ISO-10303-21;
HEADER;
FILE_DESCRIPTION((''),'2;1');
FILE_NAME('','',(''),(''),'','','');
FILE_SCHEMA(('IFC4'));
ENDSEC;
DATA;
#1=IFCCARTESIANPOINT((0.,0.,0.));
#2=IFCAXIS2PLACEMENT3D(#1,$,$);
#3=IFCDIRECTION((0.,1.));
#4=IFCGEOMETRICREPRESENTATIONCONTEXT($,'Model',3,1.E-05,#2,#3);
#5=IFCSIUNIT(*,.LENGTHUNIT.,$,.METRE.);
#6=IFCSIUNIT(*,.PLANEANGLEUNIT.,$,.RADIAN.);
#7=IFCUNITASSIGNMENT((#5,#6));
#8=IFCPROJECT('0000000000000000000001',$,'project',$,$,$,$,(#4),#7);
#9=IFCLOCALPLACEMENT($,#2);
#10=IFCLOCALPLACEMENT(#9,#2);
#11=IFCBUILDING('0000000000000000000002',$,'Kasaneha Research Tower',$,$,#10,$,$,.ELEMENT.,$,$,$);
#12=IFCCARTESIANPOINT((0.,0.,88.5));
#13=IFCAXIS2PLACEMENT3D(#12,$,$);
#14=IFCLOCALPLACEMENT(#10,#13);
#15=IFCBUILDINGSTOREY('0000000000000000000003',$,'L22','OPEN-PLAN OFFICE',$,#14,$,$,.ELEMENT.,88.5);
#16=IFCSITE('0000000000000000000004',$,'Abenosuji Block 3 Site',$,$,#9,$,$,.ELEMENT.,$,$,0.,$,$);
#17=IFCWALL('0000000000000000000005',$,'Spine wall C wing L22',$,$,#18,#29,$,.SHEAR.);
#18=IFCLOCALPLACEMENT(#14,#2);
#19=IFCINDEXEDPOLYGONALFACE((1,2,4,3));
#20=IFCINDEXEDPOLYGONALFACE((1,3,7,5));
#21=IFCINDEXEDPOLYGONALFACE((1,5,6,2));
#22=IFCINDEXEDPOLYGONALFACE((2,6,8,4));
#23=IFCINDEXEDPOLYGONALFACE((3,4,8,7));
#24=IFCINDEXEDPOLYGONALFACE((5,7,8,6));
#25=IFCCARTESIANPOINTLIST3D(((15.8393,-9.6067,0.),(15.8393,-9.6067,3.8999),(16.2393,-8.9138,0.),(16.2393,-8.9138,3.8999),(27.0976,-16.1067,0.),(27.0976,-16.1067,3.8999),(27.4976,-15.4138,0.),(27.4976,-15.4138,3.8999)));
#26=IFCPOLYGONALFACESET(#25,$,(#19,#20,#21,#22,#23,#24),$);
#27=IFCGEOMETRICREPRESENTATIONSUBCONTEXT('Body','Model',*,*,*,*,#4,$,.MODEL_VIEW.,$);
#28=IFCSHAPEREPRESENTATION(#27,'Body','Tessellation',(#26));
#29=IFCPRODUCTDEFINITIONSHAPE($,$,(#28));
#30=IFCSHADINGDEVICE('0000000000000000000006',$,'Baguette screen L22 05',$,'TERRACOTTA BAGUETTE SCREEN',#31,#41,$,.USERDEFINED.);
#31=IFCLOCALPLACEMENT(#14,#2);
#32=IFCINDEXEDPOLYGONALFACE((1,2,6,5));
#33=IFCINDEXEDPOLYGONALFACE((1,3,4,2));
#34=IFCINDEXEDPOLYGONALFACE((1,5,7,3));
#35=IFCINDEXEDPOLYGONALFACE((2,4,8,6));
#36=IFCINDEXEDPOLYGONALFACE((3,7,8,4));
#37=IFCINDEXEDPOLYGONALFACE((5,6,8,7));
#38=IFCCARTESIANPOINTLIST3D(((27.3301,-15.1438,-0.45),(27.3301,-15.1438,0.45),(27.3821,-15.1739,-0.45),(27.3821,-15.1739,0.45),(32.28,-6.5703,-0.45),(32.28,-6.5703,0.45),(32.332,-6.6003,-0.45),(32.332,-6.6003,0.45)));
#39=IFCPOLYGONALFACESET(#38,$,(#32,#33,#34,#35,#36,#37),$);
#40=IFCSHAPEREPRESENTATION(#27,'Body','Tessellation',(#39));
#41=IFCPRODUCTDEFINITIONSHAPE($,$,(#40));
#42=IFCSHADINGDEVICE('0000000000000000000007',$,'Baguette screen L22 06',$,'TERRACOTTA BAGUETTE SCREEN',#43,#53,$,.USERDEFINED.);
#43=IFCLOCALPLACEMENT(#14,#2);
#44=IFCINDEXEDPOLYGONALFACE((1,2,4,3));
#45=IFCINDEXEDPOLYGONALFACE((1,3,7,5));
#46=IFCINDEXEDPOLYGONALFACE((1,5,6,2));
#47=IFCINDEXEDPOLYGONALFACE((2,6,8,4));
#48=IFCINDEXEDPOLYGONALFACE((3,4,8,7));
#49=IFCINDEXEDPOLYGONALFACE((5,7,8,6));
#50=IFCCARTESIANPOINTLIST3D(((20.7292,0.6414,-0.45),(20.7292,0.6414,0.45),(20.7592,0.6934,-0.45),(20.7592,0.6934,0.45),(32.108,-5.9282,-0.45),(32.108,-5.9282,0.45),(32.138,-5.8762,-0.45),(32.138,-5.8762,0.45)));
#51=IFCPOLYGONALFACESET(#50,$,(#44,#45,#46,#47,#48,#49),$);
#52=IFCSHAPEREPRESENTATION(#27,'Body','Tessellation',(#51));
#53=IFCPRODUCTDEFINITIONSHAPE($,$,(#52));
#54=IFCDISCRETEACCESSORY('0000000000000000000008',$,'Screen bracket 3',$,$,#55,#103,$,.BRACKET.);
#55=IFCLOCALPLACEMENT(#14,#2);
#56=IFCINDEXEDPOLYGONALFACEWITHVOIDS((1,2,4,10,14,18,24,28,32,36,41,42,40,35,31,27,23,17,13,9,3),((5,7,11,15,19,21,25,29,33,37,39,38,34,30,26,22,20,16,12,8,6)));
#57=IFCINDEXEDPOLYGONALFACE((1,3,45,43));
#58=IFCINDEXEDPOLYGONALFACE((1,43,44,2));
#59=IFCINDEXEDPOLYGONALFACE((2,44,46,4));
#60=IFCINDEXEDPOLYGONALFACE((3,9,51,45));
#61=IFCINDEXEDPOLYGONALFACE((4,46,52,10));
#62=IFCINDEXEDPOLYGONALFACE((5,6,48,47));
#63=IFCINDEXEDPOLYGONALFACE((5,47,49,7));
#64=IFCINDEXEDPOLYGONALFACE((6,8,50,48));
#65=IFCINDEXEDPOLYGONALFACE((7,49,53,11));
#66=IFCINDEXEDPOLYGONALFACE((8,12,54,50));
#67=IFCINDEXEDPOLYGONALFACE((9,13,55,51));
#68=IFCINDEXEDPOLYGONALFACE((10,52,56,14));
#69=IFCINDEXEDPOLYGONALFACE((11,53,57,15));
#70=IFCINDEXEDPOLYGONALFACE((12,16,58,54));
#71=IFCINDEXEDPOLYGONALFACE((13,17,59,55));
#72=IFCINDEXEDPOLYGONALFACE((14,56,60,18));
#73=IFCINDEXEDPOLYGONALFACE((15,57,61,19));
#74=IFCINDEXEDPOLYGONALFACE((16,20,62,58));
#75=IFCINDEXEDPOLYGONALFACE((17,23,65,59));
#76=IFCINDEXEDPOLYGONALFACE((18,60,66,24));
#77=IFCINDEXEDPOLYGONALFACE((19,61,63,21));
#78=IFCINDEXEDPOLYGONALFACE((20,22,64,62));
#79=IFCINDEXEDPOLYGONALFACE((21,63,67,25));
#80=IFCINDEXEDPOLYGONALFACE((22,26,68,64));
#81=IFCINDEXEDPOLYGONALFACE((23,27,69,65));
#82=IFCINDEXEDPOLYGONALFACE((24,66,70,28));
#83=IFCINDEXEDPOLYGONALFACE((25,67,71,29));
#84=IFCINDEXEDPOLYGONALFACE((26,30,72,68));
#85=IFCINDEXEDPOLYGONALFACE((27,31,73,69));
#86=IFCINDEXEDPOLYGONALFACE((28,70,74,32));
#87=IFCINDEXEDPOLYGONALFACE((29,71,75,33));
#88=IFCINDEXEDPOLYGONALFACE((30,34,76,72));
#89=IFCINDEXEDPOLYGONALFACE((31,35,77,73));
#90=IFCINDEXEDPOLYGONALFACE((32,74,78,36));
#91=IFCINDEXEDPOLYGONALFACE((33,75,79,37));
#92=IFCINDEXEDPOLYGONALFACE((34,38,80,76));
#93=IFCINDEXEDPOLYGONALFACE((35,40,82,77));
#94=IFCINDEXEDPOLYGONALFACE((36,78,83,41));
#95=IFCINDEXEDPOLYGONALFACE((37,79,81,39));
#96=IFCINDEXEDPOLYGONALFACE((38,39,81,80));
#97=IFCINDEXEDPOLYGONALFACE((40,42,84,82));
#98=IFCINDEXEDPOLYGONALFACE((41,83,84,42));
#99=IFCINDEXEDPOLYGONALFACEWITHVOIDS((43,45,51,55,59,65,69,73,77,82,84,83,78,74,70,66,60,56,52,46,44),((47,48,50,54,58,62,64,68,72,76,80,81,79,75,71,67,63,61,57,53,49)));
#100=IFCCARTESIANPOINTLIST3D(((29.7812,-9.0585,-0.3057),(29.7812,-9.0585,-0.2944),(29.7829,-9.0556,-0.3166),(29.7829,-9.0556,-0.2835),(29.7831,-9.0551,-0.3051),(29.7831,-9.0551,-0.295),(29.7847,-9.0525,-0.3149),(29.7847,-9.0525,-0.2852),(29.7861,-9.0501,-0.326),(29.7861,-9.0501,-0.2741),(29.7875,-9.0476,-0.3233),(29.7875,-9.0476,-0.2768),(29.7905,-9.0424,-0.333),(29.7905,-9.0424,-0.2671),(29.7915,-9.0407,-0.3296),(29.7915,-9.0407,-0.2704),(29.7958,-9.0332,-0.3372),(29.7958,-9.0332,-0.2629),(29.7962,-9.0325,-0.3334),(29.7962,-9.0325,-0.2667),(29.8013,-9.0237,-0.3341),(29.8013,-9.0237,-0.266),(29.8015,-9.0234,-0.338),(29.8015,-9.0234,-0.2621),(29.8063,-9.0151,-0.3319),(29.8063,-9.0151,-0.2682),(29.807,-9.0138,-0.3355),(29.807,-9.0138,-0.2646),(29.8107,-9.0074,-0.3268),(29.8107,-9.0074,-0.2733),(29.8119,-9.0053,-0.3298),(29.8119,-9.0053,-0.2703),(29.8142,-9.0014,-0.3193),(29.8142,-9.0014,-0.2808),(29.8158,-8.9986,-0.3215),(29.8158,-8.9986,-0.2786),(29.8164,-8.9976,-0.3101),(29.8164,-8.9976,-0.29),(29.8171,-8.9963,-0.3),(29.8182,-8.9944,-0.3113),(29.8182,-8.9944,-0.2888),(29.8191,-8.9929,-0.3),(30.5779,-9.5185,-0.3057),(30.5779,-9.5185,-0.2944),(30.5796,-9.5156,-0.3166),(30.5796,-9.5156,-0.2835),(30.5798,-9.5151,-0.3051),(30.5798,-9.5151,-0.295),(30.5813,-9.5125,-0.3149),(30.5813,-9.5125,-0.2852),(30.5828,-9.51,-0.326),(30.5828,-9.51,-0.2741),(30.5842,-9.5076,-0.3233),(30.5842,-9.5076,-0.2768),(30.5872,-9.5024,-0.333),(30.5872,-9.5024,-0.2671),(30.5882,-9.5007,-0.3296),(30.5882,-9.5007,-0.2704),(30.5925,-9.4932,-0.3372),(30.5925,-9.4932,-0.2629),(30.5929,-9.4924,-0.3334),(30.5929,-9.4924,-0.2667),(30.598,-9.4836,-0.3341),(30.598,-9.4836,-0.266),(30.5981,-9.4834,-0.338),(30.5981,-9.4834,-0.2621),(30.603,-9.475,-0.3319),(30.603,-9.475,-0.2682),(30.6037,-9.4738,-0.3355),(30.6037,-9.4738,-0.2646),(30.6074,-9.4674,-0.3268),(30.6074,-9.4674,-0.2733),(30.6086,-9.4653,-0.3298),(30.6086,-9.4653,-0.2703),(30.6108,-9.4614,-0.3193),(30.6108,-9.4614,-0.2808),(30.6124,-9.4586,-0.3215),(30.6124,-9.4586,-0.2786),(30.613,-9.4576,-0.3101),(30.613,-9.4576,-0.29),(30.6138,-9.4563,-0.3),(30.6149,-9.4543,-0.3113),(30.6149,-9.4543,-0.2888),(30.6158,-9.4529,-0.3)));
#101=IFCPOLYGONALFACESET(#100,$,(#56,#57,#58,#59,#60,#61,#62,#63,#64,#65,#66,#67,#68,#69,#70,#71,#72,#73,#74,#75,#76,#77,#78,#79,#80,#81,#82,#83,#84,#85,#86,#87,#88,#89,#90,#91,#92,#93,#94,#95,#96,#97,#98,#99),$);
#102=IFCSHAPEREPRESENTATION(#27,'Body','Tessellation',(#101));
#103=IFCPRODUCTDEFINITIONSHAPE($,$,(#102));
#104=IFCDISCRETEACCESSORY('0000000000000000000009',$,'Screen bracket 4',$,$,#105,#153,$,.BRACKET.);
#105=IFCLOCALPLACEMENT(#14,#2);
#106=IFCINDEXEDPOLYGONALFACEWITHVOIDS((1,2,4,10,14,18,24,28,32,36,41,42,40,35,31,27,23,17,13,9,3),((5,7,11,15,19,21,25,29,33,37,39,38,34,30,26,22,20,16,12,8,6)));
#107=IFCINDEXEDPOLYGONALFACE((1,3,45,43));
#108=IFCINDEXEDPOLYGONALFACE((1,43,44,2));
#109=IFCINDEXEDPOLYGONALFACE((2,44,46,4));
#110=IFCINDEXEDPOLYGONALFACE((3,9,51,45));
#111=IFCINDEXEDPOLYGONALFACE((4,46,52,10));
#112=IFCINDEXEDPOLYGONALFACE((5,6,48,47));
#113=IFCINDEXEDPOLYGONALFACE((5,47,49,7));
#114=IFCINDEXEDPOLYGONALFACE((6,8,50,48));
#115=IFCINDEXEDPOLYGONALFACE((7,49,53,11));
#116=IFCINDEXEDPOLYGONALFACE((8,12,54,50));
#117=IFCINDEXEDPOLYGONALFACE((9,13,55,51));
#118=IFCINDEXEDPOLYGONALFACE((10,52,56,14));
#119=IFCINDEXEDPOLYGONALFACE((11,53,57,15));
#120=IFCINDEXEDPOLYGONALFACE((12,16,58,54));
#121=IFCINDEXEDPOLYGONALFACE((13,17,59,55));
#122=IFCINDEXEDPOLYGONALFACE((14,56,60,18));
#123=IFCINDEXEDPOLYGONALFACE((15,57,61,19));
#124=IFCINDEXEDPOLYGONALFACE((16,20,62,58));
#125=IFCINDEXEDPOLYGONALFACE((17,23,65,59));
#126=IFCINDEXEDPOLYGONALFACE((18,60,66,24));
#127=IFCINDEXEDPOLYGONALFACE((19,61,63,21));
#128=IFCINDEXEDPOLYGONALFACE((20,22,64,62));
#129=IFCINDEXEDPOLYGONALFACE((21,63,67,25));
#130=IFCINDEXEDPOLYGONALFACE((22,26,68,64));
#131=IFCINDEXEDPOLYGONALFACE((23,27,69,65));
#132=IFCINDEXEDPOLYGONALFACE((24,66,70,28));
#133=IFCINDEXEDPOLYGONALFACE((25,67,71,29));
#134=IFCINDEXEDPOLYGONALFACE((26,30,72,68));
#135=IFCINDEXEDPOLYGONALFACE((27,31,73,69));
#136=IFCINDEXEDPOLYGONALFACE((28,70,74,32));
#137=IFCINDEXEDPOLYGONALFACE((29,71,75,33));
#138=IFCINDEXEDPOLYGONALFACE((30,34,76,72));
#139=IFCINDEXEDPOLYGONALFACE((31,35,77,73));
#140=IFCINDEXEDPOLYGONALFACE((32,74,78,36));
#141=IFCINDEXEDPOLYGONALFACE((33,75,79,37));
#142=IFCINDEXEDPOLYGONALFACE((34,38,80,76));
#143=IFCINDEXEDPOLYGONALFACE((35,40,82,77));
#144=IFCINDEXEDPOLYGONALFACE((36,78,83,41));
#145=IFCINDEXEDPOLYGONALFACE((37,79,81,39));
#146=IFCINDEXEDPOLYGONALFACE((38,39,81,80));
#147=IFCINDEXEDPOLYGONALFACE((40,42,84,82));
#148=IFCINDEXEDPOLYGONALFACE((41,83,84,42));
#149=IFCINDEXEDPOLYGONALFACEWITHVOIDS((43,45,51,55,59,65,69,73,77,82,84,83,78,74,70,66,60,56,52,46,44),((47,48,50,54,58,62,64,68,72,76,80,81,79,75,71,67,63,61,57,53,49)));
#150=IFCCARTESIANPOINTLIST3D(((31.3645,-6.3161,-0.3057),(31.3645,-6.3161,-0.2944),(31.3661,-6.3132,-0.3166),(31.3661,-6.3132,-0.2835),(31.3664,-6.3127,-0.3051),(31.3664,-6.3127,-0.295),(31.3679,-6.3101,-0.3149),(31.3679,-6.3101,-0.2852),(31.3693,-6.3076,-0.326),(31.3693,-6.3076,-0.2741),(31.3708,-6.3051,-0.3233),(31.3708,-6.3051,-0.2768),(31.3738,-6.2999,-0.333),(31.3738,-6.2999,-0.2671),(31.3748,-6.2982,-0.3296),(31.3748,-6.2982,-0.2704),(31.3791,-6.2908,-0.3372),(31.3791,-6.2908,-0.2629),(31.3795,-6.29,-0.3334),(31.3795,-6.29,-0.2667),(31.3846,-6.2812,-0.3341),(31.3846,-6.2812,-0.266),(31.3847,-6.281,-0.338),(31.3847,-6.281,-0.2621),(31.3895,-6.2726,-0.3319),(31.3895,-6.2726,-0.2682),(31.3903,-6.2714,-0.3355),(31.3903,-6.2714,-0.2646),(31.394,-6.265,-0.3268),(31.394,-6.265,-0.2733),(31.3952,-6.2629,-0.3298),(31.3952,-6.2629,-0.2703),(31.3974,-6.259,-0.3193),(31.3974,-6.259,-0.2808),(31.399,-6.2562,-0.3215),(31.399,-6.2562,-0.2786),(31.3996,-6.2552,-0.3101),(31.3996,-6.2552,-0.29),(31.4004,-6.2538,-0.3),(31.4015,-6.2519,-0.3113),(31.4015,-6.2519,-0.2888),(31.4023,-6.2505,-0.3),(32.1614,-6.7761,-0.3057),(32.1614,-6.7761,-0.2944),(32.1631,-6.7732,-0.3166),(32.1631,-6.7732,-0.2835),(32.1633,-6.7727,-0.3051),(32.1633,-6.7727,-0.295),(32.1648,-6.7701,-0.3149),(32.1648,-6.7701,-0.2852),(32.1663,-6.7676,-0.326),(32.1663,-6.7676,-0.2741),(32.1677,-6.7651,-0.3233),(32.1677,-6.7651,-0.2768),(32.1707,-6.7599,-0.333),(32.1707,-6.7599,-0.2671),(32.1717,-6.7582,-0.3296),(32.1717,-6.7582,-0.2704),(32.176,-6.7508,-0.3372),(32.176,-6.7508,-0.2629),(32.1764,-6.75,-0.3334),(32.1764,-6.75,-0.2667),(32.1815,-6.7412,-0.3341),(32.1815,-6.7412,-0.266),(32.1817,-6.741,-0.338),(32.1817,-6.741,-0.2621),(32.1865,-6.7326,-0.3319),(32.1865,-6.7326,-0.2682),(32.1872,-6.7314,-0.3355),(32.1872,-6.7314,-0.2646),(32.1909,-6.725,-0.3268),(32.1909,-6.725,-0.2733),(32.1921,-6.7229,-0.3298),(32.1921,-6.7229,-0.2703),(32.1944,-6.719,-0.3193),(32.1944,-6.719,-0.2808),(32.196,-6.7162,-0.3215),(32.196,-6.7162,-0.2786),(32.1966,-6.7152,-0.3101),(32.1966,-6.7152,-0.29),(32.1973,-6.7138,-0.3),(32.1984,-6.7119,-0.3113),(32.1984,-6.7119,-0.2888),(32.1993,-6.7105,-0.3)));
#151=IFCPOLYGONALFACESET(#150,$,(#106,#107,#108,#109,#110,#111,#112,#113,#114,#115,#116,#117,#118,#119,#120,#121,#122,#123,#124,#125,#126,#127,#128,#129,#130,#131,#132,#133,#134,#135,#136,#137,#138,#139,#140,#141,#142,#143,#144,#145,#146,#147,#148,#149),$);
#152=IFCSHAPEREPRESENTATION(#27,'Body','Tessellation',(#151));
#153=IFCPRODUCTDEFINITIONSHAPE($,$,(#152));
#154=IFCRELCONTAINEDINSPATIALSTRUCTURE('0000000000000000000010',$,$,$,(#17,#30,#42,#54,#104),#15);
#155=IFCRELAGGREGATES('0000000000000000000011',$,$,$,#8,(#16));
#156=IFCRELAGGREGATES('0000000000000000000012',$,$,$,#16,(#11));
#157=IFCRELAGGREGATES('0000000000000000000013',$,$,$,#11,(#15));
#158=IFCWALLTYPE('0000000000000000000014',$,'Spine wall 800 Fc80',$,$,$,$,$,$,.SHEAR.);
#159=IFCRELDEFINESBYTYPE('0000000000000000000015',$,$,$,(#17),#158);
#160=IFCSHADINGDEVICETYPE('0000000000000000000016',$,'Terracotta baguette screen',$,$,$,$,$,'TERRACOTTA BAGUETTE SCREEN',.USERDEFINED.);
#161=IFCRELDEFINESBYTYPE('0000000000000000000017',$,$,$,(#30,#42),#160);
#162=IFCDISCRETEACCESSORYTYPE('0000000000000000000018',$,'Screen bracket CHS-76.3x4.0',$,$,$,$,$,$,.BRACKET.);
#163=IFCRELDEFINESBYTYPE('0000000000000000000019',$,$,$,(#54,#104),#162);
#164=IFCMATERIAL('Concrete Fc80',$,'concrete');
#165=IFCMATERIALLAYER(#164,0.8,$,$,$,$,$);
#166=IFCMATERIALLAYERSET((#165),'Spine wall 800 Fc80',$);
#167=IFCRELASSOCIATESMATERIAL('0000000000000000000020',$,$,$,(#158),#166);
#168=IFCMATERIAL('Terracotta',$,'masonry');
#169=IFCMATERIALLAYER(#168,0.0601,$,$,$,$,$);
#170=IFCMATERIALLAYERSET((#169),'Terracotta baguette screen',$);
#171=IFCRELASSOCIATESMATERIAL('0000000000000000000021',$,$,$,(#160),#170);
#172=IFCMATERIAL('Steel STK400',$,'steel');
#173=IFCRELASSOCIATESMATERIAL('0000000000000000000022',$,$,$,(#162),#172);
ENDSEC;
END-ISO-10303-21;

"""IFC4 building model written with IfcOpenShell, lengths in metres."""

from ifc_helpers import new_model, si_unit, direction, frame, frame_2d, origin, origin_2d, place, context, subcontext, project, spatial, rectangle, hollow_circle, extrude, material, layer, layer_set, material_profile, profile_set, type_object, element, save


model = new_model("IFC4")

# Units and contexts
model_context = context("Model", 3, precision=1e-05, world=origin(), true_north=direction((0.0, 1.0)))
body_context = subcontext(model_context, "Body", "Model", "MODEL_VIEW")
ifc_project = project(units=[si_unit("LENGTHUNIT", "METRE"), si_unit("PLANEANGLEUNIT", "RADIAN")], contexts=[model_context])

# Site, building, storey
site_placement = place(None, origin())
site = spatial("IfcSite", under=ifc_project, at=site_placement, Name="Abenosuji Block 3 Site", CompositionType="ELEMENT", RefElevation=0.0)
building_placement = place(site_placement, origin())
building = spatial("IfcBuilding", under=site, at=building_placement, Name="Kasaneha Research Tower", CompositionType="ELEMENT")
storey_placement = place(building_placement, frame((0.0, 0.0, 88.5)))
storey = spatial("IfcBuildingStorey", under=building, at=storey_placement, Name="L22", Description="OPEN-PLAN OFFICE", CompositionType="ELEMENT", Elevation=88.5)

# Wall
ifc_material_1 = material(Name="Concrete Fc80", Category="concrete")
ifc_layer_1 = layer(ifc_material_1, 0.8)
ifc_layer_set_1 = layer_set([ifc_layer_1], Name="Spine wall 800 Fc80")
wall_type_1 = type_object("IfcWallType", Name="Spine wall 800 Fc80", PredefinedType="SHEAR", material=ifc_layer_set_1)
wall_1_placement = place(storey_placement, frame((16.0393, -9.2603, 0.0), z_axis=(0.0, 0.0, 1.0), x_axis=(0.866025, -0.500001, 0.0)))
element("IfcWall", 1, at=wall_1_placement, inside=storey, type_object=wall_type_1, Name="Spine wall C wing L22", PredefinedType="SHEAR", context=body_context, shape_type="SweptSolid", body=[
    extrude(rectangle(XDim=13.0, YDim=0.8, at=frame_2d((6.5, 0.0))), origin(), (0.0, 0.0, 1.0), 3.8999),
])

# Shading devices
ifc_material_2 = material(Name="Terracotta", Category="masonry")
ifc_layer_2 = layer(ifc_material_2, 0.0601)
ifc_layer_set_2 = layer_set([ifc_layer_2], Name="Terracotta baguette screen")
shading_device_type = type_object("IfcShadingDeviceType", Name="Terracotta baguette screen", ElementType="TERRACOTTA BAGUETTE SCREEN", PredefinedType="USERDEFINED", material=ifc_layer_set_2)
shading_device_1_placement = place(storey_placement, frame((29.8311, -10.8721, -0.45), z_axis=(0.0, 0.0, 1.0), x_axis=(0.5, 0.866025, 0.0)))
element("IfcShadingDevice", 2, at=shading_device_1_placement, inside=storey, type_object=shading_device_type, Name="Baguette screen L22 05", ObjectType="TERRACOTTA BAGUETTE SCREEN", PredefinedType="USERDEFINED", context=body_context, shape_type="SweptSolid", body=[
    extrude(rectangle(XDim=9.8999, YDim=0.0601, at=origin_2d()), origin(), (0.0, 0.0, 1.0), 0.8999),
])
shading_device_2_placement = place(storey_placement, frame((26.4336, -2.6174, -0.45), z_axis=(0.0, 0.0, 1.0), x_axis=(-0.866025, 0.5, 0.0)))
element("IfcShadingDevice", 3, at=shading_device_2_placement, inside=storey, type_object=shading_device_type, Name="Baguette screen L22 06", ObjectType="TERRACOTTA BAGUETTE SCREEN", PredefinedType="USERDEFINED", context=body_context, shape_type="SweptSolid", body=[
    extrude(rectangle(XDim=13.1392, YDim=0.0601, at=origin_2d()), origin(), (0.0, 0.0, 1.0), 0.8999),
])

# Discrete accessories
ifc_material_3 = material(Name="Steel STK400", Category="steel")
ifc_material_profile_1 = material_profile(ifc_material_3, hollow_circle(Radius=0.0381, WallThickness=0.0039, at=origin_2d()), Name="CHS-76.3x4.0")
ifc_profile_set_1 = profile_set([ifc_material_profile_1], Name="Steel STK400")
discrete_accessory_type = type_object("IfcDiscreteAccessoryType", Name="Screen bracket CHS-76.3x4.0", PredefinedType="BRACKET", material=ifc_profile_set_1)
discrete_accessory_1_placement = place(storey_placement, frame((29.8, -9.0259, -0.3), z_axis=(0.866013, -0.500021, 0.0), x_axis=(0.500021, 0.866013, 0.0)))
element("IfcDiscreteAccessory", 4, at=discrete_accessory_1_placement, inside=storey, type_object=discrete_accessory_type, Name="Screen bracket 3", PredefinedType="BRACKET", context=body_context, shape_type="SweptSolid", body=[
    extrude(hollow_circle(Radius=0.0381, WallThickness=0.0039, at=origin_2d()), origin(), (0.0, 0.0, 1.0), 0.9199),
])
discrete_accessory_2_placement = place(storey_placement, frame((31.3833, -6.2834, -0.3), z_axis=(0.86608, -0.499906, 0.0), x_axis=(0.499906, 0.86608, 0.0)))
element("IfcDiscreteAccessory", 5, at=discrete_accessory_2_placement, inside=storey, type_object=discrete_accessory_type, Name="Screen bracket 4", PredefinedType="BRACKET", context=body_context, shape_type="SweptSolid", body=[
    extrude(hollow_circle(Radius=0.0381, WallThickness=0.0039, at=origin_2d()), origin(), (0.0, 0.0, 1.0), 0.9202),
])

save(model, "model.ifc")
